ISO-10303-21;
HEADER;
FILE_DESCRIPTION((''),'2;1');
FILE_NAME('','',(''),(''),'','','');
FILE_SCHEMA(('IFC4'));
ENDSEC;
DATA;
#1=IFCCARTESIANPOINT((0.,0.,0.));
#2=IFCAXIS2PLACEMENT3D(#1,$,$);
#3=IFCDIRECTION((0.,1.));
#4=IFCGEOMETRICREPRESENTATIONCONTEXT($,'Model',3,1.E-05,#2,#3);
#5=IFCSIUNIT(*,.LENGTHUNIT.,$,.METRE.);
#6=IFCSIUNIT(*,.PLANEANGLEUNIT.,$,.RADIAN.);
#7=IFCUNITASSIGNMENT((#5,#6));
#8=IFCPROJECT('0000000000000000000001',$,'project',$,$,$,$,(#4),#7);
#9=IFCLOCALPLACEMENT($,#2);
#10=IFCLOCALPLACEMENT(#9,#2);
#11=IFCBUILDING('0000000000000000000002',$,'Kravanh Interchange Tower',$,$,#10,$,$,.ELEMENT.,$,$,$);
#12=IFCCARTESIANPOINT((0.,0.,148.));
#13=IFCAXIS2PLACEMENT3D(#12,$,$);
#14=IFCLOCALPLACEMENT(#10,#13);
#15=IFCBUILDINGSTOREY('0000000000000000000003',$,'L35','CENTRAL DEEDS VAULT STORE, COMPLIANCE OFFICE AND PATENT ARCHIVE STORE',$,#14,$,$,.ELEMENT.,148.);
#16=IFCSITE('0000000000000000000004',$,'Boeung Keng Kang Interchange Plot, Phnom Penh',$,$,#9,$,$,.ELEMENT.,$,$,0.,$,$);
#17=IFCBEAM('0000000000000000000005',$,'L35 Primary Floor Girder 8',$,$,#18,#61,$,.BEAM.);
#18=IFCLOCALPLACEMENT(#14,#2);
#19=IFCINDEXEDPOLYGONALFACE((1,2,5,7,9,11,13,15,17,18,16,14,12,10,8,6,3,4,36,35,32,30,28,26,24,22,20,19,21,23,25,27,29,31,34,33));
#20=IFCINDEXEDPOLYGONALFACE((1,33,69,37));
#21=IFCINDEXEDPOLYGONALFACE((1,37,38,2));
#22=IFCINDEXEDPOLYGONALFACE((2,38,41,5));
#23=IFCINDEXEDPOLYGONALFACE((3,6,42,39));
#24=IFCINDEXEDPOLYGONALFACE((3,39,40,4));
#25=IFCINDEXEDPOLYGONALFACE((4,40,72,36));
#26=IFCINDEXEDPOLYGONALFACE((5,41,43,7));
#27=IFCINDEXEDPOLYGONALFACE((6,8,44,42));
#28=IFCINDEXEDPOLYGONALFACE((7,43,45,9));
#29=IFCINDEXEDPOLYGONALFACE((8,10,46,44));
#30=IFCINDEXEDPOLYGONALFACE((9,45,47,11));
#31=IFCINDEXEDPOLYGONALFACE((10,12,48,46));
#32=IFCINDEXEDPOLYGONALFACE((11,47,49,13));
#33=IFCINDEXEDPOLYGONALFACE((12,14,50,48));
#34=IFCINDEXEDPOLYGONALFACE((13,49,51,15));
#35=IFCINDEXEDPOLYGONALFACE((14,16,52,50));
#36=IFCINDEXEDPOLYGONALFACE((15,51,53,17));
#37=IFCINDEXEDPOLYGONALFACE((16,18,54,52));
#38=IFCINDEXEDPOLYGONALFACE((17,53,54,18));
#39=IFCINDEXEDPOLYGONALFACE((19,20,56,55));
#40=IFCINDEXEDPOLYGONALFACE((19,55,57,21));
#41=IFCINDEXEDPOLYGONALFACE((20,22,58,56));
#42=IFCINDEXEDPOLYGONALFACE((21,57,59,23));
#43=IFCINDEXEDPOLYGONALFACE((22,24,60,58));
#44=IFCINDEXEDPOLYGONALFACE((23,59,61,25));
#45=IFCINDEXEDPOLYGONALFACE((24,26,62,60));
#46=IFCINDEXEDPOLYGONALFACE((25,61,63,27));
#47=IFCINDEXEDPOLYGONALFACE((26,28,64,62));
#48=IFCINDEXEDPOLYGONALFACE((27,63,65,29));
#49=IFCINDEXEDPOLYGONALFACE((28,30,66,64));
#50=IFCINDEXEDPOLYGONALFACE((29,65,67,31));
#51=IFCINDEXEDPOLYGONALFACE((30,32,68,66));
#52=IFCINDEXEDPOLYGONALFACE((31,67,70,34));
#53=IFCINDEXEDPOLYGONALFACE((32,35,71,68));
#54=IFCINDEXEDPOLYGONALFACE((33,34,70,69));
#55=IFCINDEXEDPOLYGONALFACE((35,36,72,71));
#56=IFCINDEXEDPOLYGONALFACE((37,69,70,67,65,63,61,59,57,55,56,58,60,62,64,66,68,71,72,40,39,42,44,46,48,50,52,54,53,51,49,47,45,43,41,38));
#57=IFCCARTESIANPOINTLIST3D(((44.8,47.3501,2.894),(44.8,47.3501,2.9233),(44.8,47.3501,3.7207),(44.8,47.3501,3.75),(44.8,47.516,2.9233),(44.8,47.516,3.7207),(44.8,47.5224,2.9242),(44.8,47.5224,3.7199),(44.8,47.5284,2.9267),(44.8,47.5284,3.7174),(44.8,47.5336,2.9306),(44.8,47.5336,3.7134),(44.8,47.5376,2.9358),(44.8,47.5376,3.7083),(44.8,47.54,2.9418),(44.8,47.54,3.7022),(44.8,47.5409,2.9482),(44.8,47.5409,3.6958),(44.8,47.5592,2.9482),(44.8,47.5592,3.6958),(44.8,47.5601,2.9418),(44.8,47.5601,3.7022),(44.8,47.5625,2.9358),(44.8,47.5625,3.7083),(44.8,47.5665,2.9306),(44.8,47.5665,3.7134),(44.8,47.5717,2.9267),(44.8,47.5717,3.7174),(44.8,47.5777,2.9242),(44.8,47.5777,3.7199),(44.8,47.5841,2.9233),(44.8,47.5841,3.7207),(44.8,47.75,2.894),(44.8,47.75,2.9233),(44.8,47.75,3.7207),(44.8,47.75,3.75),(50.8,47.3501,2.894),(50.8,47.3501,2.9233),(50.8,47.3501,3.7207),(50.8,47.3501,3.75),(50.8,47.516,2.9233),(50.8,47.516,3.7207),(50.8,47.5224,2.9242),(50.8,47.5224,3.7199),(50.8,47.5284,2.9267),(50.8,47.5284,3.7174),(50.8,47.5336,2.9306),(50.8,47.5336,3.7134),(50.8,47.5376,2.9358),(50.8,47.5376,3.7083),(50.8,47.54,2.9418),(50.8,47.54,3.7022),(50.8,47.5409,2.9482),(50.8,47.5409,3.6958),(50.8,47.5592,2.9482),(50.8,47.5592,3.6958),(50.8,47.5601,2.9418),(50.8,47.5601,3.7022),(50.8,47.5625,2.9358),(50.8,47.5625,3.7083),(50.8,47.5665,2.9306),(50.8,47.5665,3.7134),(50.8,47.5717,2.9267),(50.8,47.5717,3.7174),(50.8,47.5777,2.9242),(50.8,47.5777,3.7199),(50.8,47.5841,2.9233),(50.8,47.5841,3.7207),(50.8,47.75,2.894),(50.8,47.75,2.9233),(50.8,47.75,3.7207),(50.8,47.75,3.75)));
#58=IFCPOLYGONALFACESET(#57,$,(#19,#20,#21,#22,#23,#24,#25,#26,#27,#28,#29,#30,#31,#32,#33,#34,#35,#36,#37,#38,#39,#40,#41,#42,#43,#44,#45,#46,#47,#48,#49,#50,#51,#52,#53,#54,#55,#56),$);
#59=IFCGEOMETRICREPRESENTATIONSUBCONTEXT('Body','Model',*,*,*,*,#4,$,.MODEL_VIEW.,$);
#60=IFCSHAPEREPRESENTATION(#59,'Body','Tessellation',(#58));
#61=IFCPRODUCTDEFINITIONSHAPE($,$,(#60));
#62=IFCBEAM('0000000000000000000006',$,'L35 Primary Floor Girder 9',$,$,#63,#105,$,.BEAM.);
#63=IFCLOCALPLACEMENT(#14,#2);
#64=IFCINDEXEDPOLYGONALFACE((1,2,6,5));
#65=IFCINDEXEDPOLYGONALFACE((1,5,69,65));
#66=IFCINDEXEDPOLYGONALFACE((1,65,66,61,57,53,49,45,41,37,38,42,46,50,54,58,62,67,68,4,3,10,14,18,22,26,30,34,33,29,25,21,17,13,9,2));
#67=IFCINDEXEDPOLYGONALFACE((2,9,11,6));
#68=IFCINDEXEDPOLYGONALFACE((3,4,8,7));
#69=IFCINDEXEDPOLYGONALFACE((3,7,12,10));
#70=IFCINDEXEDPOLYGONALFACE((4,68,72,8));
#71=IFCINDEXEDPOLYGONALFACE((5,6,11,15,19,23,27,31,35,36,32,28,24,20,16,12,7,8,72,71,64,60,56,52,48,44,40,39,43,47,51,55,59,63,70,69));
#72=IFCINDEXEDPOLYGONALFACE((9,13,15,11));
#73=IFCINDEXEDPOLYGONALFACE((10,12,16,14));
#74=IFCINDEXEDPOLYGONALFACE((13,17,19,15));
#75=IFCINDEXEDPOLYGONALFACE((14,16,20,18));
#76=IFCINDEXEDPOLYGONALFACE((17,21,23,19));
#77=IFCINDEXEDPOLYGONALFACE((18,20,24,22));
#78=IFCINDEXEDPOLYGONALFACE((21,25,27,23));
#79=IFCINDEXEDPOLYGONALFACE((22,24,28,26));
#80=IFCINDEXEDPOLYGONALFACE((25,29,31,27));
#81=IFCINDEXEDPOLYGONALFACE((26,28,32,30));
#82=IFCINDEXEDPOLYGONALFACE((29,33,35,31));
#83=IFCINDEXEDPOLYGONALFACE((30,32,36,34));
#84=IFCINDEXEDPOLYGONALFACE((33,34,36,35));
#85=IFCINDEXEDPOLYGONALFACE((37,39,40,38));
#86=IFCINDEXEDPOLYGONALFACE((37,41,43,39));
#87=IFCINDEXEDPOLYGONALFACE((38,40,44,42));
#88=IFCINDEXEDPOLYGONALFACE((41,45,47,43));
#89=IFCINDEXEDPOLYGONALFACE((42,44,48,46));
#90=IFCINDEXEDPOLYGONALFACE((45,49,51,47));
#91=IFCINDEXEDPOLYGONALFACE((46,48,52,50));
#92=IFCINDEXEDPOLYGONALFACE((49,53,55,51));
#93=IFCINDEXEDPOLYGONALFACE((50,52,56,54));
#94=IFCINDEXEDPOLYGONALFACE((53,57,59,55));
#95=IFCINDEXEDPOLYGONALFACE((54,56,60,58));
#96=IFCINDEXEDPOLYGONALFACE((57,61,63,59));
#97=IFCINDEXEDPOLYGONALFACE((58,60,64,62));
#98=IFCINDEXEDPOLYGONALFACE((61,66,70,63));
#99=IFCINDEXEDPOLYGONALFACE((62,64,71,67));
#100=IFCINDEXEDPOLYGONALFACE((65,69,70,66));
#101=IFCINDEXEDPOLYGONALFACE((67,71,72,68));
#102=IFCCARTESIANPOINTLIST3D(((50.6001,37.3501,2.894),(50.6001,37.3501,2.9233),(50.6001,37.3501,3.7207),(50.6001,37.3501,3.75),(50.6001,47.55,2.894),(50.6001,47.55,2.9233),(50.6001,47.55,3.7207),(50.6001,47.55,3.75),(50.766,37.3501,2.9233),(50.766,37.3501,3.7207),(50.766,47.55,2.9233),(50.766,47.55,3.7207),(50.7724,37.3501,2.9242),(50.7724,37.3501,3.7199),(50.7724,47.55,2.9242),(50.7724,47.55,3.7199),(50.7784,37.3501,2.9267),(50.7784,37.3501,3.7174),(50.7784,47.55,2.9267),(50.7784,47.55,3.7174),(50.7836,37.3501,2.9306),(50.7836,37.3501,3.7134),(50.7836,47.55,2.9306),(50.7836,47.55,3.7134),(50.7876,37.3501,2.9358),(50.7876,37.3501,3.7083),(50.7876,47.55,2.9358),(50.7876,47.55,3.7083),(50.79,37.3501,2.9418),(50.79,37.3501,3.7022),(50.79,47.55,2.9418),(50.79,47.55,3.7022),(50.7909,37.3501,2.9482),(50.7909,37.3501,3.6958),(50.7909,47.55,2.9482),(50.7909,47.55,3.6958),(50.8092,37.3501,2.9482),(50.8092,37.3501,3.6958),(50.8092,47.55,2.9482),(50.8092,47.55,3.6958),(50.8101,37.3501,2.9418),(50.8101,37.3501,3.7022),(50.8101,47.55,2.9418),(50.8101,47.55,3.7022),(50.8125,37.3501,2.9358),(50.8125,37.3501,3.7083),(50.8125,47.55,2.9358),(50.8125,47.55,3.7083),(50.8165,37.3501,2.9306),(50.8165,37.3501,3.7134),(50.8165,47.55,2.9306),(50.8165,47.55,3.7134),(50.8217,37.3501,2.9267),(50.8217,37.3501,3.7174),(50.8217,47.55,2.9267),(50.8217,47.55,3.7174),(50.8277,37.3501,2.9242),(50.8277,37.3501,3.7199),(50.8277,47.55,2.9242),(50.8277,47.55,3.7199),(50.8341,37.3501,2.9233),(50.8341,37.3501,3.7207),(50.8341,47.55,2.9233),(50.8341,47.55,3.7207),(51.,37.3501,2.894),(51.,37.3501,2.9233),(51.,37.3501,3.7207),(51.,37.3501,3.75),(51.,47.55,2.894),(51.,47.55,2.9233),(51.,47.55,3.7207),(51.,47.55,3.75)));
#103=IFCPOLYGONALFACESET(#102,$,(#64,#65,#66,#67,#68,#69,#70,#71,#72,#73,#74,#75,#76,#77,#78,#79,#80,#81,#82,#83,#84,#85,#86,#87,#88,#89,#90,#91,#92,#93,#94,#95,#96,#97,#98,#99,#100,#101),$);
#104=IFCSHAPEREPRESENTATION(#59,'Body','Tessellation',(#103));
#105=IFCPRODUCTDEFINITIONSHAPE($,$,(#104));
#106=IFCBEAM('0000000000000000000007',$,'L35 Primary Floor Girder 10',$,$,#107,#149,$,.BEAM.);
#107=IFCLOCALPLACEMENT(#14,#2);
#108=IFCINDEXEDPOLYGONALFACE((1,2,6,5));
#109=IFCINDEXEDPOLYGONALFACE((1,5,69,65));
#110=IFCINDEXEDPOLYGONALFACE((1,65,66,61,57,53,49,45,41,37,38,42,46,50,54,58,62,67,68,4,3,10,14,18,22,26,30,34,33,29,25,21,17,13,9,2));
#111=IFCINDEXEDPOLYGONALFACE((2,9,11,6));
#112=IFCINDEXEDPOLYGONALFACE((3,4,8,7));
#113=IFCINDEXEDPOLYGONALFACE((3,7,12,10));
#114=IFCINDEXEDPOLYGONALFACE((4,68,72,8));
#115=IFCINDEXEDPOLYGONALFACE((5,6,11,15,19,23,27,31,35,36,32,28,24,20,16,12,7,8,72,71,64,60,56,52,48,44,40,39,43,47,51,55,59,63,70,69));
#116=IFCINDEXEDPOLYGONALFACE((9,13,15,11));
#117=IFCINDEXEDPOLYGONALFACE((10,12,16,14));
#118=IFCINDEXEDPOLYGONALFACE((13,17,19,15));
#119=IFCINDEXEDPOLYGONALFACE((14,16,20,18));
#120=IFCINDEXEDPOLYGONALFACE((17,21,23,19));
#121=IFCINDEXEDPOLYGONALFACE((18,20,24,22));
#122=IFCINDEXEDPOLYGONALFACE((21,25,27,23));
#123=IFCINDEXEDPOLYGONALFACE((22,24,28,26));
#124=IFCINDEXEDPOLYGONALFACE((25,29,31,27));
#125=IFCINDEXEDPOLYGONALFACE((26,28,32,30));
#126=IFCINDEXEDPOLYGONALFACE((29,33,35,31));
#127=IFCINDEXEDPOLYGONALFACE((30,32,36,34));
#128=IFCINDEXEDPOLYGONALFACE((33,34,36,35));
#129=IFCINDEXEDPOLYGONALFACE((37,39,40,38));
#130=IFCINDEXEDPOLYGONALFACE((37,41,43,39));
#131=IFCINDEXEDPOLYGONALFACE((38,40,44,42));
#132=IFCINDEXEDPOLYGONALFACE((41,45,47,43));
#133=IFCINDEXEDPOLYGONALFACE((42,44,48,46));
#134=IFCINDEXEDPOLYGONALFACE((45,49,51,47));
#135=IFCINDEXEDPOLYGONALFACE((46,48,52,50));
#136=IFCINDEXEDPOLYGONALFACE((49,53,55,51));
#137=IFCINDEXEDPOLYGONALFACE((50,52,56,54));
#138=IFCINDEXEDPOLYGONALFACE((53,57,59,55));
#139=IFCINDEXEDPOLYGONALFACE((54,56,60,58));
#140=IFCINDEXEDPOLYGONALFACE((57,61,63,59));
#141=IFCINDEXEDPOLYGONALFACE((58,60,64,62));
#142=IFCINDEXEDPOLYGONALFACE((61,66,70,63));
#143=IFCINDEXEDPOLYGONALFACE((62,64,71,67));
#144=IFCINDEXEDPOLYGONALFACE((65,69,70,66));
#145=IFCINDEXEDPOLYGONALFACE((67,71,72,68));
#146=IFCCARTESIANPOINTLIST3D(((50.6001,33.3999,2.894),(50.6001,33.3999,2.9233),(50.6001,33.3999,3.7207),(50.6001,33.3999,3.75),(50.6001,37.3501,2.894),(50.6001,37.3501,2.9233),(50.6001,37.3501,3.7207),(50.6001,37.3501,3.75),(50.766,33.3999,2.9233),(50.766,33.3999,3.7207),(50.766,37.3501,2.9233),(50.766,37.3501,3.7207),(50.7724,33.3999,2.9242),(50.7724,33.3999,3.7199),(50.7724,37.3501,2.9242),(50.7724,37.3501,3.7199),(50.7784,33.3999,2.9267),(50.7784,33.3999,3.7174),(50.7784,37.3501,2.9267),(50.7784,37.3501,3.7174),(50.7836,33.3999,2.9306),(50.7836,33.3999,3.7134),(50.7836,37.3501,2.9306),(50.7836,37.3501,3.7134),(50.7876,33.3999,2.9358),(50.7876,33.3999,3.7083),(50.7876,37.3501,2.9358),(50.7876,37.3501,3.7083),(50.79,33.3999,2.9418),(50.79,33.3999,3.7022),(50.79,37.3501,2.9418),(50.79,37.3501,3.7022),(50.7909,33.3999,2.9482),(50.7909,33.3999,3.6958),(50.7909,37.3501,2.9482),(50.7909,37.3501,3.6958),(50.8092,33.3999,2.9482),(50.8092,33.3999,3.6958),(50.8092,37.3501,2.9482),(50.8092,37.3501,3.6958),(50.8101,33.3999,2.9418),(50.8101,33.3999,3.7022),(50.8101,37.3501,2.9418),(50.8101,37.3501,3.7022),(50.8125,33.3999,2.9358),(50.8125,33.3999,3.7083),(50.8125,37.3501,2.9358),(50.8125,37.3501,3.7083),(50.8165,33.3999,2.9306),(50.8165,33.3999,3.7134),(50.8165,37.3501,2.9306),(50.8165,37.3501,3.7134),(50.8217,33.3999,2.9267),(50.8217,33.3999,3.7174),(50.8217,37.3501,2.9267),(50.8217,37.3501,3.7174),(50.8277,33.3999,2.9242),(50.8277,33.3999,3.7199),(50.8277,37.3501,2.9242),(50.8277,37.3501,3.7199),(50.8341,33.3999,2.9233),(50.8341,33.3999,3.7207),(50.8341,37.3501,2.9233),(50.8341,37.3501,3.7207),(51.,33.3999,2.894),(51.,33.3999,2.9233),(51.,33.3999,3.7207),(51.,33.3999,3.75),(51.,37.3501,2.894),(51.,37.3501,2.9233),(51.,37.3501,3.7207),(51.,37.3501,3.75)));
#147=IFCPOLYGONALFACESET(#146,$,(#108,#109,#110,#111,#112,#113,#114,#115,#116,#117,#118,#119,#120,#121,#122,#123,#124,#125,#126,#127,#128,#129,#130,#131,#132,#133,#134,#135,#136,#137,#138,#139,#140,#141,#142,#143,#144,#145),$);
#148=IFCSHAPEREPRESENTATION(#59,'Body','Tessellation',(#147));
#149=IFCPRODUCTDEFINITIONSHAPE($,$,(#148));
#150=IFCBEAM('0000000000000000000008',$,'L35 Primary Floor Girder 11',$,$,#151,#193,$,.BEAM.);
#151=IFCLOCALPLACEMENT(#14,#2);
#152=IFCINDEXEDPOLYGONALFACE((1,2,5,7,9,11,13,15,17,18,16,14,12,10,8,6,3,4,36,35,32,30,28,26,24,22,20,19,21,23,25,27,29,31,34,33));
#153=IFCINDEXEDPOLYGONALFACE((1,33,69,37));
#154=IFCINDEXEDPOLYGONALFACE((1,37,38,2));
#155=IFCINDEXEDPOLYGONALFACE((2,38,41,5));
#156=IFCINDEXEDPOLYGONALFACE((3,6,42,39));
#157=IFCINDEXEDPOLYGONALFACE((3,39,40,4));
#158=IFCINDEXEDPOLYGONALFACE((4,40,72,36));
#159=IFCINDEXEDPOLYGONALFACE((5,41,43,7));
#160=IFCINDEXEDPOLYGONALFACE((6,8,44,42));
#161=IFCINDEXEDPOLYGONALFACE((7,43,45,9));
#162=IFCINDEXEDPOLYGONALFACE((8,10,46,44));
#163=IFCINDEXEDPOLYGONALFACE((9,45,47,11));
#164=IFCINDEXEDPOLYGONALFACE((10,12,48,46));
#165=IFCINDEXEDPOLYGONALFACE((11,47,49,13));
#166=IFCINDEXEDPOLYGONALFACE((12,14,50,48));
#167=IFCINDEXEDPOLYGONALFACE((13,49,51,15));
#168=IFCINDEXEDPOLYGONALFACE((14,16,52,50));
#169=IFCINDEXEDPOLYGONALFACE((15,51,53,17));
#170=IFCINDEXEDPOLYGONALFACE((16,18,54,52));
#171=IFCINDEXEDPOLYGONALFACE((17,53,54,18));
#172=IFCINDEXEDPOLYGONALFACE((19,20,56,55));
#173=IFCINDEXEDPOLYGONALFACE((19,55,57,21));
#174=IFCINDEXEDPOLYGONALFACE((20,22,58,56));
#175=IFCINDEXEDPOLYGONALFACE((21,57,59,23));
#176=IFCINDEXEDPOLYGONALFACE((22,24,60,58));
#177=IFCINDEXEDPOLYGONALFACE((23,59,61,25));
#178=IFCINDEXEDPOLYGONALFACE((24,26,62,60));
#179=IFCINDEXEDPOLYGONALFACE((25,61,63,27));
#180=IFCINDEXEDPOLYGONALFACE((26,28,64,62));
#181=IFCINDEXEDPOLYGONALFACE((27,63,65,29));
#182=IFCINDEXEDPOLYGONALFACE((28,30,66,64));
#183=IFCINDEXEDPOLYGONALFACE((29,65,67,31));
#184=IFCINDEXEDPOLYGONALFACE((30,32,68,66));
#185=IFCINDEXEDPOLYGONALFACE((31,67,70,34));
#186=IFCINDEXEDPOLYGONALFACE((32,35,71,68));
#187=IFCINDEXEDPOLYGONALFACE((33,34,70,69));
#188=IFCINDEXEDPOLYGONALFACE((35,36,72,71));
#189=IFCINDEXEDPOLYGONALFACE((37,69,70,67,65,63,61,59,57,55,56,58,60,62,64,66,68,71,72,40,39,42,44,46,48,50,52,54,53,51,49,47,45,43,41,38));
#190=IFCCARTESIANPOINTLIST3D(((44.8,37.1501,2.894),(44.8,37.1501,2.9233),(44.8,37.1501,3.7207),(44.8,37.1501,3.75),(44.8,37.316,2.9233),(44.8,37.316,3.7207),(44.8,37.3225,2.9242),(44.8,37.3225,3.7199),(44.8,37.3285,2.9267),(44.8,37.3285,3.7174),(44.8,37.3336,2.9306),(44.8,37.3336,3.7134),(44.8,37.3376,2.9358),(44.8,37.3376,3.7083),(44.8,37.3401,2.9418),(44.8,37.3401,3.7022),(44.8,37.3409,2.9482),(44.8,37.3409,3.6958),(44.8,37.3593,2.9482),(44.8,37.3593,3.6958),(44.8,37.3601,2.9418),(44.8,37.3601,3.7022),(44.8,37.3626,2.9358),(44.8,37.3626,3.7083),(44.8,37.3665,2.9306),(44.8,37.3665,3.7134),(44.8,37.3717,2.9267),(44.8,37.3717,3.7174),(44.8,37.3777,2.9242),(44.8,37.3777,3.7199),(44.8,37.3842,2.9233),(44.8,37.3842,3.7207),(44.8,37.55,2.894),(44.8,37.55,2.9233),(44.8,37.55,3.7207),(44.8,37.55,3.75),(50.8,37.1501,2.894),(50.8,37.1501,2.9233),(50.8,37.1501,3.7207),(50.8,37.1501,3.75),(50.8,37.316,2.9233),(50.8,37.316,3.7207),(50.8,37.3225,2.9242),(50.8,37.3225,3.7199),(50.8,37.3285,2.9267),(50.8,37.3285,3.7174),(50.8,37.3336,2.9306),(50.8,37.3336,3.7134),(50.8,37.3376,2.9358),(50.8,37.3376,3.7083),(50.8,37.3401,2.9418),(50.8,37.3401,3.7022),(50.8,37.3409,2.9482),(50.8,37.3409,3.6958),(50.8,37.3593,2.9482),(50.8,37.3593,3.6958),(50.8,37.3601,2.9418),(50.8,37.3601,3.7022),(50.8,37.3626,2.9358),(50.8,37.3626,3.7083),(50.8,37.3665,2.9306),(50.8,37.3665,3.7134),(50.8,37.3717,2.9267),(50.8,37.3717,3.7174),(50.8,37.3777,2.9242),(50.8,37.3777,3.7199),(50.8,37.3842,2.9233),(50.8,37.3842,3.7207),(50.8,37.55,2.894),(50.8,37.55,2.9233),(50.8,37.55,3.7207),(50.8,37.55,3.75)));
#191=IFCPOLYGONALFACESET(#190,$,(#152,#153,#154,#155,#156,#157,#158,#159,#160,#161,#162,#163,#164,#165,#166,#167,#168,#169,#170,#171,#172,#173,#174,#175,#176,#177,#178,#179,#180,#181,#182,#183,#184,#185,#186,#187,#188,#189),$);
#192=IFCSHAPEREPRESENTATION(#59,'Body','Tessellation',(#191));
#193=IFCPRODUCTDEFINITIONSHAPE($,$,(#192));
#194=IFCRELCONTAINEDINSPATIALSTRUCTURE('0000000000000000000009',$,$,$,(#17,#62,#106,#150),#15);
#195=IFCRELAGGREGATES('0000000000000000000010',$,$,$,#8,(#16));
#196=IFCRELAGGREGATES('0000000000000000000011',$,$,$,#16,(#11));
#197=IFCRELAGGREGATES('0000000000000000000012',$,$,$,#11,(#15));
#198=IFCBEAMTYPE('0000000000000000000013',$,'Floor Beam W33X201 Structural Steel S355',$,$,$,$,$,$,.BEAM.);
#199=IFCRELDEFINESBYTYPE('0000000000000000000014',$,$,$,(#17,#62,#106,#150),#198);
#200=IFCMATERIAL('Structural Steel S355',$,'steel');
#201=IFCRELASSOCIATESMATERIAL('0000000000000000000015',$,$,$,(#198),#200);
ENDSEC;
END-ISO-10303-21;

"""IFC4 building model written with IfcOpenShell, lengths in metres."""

from ifc_helpers import new_model, si_unit, direction, frame, origin, origin_2d, place, context, subcontext, project, spatial, i_section, extrude, material, material_profile, profile_set, type_object, element, save


model = new_model("IFC4")

# Units and contexts
model_context = context("Model", 3, precision=1e-05, world=origin(), true_north=direction((0.0, 1.0)))
body_context = subcontext(model_context, "Body", "Model", "MODEL_VIEW")
ifc_project = project(units=[si_unit("LENGTHUNIT", "METRE"), si_unit("PLANEANGLEUNIT", "RADIAN")], contexts=[model_context])

# Site, building, storey
site_placement = place(None, origin())
site = spatial("IfcSite", under=ifc_project, at=site_placement, Name="Boeung Keng Kang Interchange Plot, Phnom Penh", CompositionType="ELEMENT", RefElevation=0.0)
building_placement = place(site_placement, origin())
building = spatial("IfcBuilding", under=site, at=building_placement, Name="Kravanh Interchange Tower", CompositionType="ELEMENT")
storey_placement = place(building_placement, frame((0.0, 0.0, 148.0)))
storey = spatial("IfcBuildingStorey", under=building, at=storey_placement, Name="L35", Description="CENTRAL DEEDS VAULT STORE, COMPLIANCE OFFICE AND PATENT ARCHIVE STORE", CompositionType="ELEMENT", Elevation=148.0)

# Beams
ifc_material_1 = material(Name="Structural Steel S355", Category="steel")
ifc_material_profile_1 = material_profile(ifc_material_1, i_section(OverallWidth=0.3999, OverallDepth=0.856, WebThickness=0.0183, FlangeThickness=0.0293, FilletRadius=0.0249, at=origin_2d()), Name="W33X201")
ifc_profile_set_1 = profile_set([ifc_material_profile_1], Name="Structural Steel S355")
beam_type_1 = type_object("IfcBeamType", Name="Floor Beam W33X201 Structural Steel S355", PredefinedType="BEAM", material=ifc_profile_set_1)
beam_1_placement = place(storey_placement, frame((50.8, 47.55, 3.322), z_axis=(-1.0, 0.0, 0.0), x_axis=(0.0, -1.0, 0.0)))
element("IfcBeam", 1, at=beam_1_placement, inside=storey, type_object=beam_type_1, Name="L35 Primary Floor Girder 8", PredefinedType="BEAM", context=body_context, shape_type="SweptSolid", body=[
    extrude(i_section(OverallWidth=0.3999, OverallDepth=0.856, WebThickness=0.0183, FlangeThickness=0.0293, FilletRadius=0.0249, at=origin_2d()), origin(), (0.0, 0.0, 1.0), 6.0),
])
beam_2_placement = place(storey_placement, frame((50.8, 47.55, 3.322), z_axis=(0.0, -1.0, 0.0), x_axis=(1.0, 0.0, 0.0)))
element("IfcBeam", 2, at=beam_2_placement, inside=storey, type_object=beam_type_1, Name="L35 Primary Floor Girder 9", PredefinedType="BEAM", context=body_context, shape_type="SweptSolid", body=[
    extrude(i_section(OverallWidth=0.3999, OverallDepth=0.856, WebThickness=0.0183, FlangeThickness=0.0293, FilletRadius=0.0249, at=origin_2d()), origin(), (0.0, 0.0, 1.0), 10.2),
])
beam_3_placement = place(storey_placement, frame((50.8, 37.3501, 3.322), z_axis=(0.0, -1.0, 0.0), x_axis=(1.0, 0.0, 0.0)))
element("IfcBeam", 3, at=beam_3_placement, inside=storey, type_object=beam_type_1, Name="L35 Primary Floor Girder 10", PredefinedType="BEAM", context=body_context, shape_type="SweptSolid", body=[
    extrude(i_section(OverallWidth=0.3999, OverallDepth=0.856, WebThickness=0.0183, FlangeThickness=0.0293, FilletRadius=0.0249, at=origin_2d()), origin(), (0.0, 0.0, 1.0), 3.9502),
])
beam_4_placement = place(storey_placement, frame((50.8, 37.3501, 3.322), z_axis=(-1.0, 0.0, 0.0), x_axis=(0.0, -1.0, 0.0)))
element("IfcBeam", 4, at=beam_4_placement, inside=storey, type_object=beam_type_1, Name="L35 Primary Floor Girder 11", PredefinedType="BEAM", context=body_context, shape_type="SweptSolid", body=[
    extrude(i_section(OverallWidth=0.3999, OverallDepth=0.856, WebThickness=0.0183, FlangeThickness=0.0293, FilletRadius=0.0249, at=origin_2d()), origin(), (0.0, 0.0, 1.0), 6.0),
])

save(model, "model.ifc")
